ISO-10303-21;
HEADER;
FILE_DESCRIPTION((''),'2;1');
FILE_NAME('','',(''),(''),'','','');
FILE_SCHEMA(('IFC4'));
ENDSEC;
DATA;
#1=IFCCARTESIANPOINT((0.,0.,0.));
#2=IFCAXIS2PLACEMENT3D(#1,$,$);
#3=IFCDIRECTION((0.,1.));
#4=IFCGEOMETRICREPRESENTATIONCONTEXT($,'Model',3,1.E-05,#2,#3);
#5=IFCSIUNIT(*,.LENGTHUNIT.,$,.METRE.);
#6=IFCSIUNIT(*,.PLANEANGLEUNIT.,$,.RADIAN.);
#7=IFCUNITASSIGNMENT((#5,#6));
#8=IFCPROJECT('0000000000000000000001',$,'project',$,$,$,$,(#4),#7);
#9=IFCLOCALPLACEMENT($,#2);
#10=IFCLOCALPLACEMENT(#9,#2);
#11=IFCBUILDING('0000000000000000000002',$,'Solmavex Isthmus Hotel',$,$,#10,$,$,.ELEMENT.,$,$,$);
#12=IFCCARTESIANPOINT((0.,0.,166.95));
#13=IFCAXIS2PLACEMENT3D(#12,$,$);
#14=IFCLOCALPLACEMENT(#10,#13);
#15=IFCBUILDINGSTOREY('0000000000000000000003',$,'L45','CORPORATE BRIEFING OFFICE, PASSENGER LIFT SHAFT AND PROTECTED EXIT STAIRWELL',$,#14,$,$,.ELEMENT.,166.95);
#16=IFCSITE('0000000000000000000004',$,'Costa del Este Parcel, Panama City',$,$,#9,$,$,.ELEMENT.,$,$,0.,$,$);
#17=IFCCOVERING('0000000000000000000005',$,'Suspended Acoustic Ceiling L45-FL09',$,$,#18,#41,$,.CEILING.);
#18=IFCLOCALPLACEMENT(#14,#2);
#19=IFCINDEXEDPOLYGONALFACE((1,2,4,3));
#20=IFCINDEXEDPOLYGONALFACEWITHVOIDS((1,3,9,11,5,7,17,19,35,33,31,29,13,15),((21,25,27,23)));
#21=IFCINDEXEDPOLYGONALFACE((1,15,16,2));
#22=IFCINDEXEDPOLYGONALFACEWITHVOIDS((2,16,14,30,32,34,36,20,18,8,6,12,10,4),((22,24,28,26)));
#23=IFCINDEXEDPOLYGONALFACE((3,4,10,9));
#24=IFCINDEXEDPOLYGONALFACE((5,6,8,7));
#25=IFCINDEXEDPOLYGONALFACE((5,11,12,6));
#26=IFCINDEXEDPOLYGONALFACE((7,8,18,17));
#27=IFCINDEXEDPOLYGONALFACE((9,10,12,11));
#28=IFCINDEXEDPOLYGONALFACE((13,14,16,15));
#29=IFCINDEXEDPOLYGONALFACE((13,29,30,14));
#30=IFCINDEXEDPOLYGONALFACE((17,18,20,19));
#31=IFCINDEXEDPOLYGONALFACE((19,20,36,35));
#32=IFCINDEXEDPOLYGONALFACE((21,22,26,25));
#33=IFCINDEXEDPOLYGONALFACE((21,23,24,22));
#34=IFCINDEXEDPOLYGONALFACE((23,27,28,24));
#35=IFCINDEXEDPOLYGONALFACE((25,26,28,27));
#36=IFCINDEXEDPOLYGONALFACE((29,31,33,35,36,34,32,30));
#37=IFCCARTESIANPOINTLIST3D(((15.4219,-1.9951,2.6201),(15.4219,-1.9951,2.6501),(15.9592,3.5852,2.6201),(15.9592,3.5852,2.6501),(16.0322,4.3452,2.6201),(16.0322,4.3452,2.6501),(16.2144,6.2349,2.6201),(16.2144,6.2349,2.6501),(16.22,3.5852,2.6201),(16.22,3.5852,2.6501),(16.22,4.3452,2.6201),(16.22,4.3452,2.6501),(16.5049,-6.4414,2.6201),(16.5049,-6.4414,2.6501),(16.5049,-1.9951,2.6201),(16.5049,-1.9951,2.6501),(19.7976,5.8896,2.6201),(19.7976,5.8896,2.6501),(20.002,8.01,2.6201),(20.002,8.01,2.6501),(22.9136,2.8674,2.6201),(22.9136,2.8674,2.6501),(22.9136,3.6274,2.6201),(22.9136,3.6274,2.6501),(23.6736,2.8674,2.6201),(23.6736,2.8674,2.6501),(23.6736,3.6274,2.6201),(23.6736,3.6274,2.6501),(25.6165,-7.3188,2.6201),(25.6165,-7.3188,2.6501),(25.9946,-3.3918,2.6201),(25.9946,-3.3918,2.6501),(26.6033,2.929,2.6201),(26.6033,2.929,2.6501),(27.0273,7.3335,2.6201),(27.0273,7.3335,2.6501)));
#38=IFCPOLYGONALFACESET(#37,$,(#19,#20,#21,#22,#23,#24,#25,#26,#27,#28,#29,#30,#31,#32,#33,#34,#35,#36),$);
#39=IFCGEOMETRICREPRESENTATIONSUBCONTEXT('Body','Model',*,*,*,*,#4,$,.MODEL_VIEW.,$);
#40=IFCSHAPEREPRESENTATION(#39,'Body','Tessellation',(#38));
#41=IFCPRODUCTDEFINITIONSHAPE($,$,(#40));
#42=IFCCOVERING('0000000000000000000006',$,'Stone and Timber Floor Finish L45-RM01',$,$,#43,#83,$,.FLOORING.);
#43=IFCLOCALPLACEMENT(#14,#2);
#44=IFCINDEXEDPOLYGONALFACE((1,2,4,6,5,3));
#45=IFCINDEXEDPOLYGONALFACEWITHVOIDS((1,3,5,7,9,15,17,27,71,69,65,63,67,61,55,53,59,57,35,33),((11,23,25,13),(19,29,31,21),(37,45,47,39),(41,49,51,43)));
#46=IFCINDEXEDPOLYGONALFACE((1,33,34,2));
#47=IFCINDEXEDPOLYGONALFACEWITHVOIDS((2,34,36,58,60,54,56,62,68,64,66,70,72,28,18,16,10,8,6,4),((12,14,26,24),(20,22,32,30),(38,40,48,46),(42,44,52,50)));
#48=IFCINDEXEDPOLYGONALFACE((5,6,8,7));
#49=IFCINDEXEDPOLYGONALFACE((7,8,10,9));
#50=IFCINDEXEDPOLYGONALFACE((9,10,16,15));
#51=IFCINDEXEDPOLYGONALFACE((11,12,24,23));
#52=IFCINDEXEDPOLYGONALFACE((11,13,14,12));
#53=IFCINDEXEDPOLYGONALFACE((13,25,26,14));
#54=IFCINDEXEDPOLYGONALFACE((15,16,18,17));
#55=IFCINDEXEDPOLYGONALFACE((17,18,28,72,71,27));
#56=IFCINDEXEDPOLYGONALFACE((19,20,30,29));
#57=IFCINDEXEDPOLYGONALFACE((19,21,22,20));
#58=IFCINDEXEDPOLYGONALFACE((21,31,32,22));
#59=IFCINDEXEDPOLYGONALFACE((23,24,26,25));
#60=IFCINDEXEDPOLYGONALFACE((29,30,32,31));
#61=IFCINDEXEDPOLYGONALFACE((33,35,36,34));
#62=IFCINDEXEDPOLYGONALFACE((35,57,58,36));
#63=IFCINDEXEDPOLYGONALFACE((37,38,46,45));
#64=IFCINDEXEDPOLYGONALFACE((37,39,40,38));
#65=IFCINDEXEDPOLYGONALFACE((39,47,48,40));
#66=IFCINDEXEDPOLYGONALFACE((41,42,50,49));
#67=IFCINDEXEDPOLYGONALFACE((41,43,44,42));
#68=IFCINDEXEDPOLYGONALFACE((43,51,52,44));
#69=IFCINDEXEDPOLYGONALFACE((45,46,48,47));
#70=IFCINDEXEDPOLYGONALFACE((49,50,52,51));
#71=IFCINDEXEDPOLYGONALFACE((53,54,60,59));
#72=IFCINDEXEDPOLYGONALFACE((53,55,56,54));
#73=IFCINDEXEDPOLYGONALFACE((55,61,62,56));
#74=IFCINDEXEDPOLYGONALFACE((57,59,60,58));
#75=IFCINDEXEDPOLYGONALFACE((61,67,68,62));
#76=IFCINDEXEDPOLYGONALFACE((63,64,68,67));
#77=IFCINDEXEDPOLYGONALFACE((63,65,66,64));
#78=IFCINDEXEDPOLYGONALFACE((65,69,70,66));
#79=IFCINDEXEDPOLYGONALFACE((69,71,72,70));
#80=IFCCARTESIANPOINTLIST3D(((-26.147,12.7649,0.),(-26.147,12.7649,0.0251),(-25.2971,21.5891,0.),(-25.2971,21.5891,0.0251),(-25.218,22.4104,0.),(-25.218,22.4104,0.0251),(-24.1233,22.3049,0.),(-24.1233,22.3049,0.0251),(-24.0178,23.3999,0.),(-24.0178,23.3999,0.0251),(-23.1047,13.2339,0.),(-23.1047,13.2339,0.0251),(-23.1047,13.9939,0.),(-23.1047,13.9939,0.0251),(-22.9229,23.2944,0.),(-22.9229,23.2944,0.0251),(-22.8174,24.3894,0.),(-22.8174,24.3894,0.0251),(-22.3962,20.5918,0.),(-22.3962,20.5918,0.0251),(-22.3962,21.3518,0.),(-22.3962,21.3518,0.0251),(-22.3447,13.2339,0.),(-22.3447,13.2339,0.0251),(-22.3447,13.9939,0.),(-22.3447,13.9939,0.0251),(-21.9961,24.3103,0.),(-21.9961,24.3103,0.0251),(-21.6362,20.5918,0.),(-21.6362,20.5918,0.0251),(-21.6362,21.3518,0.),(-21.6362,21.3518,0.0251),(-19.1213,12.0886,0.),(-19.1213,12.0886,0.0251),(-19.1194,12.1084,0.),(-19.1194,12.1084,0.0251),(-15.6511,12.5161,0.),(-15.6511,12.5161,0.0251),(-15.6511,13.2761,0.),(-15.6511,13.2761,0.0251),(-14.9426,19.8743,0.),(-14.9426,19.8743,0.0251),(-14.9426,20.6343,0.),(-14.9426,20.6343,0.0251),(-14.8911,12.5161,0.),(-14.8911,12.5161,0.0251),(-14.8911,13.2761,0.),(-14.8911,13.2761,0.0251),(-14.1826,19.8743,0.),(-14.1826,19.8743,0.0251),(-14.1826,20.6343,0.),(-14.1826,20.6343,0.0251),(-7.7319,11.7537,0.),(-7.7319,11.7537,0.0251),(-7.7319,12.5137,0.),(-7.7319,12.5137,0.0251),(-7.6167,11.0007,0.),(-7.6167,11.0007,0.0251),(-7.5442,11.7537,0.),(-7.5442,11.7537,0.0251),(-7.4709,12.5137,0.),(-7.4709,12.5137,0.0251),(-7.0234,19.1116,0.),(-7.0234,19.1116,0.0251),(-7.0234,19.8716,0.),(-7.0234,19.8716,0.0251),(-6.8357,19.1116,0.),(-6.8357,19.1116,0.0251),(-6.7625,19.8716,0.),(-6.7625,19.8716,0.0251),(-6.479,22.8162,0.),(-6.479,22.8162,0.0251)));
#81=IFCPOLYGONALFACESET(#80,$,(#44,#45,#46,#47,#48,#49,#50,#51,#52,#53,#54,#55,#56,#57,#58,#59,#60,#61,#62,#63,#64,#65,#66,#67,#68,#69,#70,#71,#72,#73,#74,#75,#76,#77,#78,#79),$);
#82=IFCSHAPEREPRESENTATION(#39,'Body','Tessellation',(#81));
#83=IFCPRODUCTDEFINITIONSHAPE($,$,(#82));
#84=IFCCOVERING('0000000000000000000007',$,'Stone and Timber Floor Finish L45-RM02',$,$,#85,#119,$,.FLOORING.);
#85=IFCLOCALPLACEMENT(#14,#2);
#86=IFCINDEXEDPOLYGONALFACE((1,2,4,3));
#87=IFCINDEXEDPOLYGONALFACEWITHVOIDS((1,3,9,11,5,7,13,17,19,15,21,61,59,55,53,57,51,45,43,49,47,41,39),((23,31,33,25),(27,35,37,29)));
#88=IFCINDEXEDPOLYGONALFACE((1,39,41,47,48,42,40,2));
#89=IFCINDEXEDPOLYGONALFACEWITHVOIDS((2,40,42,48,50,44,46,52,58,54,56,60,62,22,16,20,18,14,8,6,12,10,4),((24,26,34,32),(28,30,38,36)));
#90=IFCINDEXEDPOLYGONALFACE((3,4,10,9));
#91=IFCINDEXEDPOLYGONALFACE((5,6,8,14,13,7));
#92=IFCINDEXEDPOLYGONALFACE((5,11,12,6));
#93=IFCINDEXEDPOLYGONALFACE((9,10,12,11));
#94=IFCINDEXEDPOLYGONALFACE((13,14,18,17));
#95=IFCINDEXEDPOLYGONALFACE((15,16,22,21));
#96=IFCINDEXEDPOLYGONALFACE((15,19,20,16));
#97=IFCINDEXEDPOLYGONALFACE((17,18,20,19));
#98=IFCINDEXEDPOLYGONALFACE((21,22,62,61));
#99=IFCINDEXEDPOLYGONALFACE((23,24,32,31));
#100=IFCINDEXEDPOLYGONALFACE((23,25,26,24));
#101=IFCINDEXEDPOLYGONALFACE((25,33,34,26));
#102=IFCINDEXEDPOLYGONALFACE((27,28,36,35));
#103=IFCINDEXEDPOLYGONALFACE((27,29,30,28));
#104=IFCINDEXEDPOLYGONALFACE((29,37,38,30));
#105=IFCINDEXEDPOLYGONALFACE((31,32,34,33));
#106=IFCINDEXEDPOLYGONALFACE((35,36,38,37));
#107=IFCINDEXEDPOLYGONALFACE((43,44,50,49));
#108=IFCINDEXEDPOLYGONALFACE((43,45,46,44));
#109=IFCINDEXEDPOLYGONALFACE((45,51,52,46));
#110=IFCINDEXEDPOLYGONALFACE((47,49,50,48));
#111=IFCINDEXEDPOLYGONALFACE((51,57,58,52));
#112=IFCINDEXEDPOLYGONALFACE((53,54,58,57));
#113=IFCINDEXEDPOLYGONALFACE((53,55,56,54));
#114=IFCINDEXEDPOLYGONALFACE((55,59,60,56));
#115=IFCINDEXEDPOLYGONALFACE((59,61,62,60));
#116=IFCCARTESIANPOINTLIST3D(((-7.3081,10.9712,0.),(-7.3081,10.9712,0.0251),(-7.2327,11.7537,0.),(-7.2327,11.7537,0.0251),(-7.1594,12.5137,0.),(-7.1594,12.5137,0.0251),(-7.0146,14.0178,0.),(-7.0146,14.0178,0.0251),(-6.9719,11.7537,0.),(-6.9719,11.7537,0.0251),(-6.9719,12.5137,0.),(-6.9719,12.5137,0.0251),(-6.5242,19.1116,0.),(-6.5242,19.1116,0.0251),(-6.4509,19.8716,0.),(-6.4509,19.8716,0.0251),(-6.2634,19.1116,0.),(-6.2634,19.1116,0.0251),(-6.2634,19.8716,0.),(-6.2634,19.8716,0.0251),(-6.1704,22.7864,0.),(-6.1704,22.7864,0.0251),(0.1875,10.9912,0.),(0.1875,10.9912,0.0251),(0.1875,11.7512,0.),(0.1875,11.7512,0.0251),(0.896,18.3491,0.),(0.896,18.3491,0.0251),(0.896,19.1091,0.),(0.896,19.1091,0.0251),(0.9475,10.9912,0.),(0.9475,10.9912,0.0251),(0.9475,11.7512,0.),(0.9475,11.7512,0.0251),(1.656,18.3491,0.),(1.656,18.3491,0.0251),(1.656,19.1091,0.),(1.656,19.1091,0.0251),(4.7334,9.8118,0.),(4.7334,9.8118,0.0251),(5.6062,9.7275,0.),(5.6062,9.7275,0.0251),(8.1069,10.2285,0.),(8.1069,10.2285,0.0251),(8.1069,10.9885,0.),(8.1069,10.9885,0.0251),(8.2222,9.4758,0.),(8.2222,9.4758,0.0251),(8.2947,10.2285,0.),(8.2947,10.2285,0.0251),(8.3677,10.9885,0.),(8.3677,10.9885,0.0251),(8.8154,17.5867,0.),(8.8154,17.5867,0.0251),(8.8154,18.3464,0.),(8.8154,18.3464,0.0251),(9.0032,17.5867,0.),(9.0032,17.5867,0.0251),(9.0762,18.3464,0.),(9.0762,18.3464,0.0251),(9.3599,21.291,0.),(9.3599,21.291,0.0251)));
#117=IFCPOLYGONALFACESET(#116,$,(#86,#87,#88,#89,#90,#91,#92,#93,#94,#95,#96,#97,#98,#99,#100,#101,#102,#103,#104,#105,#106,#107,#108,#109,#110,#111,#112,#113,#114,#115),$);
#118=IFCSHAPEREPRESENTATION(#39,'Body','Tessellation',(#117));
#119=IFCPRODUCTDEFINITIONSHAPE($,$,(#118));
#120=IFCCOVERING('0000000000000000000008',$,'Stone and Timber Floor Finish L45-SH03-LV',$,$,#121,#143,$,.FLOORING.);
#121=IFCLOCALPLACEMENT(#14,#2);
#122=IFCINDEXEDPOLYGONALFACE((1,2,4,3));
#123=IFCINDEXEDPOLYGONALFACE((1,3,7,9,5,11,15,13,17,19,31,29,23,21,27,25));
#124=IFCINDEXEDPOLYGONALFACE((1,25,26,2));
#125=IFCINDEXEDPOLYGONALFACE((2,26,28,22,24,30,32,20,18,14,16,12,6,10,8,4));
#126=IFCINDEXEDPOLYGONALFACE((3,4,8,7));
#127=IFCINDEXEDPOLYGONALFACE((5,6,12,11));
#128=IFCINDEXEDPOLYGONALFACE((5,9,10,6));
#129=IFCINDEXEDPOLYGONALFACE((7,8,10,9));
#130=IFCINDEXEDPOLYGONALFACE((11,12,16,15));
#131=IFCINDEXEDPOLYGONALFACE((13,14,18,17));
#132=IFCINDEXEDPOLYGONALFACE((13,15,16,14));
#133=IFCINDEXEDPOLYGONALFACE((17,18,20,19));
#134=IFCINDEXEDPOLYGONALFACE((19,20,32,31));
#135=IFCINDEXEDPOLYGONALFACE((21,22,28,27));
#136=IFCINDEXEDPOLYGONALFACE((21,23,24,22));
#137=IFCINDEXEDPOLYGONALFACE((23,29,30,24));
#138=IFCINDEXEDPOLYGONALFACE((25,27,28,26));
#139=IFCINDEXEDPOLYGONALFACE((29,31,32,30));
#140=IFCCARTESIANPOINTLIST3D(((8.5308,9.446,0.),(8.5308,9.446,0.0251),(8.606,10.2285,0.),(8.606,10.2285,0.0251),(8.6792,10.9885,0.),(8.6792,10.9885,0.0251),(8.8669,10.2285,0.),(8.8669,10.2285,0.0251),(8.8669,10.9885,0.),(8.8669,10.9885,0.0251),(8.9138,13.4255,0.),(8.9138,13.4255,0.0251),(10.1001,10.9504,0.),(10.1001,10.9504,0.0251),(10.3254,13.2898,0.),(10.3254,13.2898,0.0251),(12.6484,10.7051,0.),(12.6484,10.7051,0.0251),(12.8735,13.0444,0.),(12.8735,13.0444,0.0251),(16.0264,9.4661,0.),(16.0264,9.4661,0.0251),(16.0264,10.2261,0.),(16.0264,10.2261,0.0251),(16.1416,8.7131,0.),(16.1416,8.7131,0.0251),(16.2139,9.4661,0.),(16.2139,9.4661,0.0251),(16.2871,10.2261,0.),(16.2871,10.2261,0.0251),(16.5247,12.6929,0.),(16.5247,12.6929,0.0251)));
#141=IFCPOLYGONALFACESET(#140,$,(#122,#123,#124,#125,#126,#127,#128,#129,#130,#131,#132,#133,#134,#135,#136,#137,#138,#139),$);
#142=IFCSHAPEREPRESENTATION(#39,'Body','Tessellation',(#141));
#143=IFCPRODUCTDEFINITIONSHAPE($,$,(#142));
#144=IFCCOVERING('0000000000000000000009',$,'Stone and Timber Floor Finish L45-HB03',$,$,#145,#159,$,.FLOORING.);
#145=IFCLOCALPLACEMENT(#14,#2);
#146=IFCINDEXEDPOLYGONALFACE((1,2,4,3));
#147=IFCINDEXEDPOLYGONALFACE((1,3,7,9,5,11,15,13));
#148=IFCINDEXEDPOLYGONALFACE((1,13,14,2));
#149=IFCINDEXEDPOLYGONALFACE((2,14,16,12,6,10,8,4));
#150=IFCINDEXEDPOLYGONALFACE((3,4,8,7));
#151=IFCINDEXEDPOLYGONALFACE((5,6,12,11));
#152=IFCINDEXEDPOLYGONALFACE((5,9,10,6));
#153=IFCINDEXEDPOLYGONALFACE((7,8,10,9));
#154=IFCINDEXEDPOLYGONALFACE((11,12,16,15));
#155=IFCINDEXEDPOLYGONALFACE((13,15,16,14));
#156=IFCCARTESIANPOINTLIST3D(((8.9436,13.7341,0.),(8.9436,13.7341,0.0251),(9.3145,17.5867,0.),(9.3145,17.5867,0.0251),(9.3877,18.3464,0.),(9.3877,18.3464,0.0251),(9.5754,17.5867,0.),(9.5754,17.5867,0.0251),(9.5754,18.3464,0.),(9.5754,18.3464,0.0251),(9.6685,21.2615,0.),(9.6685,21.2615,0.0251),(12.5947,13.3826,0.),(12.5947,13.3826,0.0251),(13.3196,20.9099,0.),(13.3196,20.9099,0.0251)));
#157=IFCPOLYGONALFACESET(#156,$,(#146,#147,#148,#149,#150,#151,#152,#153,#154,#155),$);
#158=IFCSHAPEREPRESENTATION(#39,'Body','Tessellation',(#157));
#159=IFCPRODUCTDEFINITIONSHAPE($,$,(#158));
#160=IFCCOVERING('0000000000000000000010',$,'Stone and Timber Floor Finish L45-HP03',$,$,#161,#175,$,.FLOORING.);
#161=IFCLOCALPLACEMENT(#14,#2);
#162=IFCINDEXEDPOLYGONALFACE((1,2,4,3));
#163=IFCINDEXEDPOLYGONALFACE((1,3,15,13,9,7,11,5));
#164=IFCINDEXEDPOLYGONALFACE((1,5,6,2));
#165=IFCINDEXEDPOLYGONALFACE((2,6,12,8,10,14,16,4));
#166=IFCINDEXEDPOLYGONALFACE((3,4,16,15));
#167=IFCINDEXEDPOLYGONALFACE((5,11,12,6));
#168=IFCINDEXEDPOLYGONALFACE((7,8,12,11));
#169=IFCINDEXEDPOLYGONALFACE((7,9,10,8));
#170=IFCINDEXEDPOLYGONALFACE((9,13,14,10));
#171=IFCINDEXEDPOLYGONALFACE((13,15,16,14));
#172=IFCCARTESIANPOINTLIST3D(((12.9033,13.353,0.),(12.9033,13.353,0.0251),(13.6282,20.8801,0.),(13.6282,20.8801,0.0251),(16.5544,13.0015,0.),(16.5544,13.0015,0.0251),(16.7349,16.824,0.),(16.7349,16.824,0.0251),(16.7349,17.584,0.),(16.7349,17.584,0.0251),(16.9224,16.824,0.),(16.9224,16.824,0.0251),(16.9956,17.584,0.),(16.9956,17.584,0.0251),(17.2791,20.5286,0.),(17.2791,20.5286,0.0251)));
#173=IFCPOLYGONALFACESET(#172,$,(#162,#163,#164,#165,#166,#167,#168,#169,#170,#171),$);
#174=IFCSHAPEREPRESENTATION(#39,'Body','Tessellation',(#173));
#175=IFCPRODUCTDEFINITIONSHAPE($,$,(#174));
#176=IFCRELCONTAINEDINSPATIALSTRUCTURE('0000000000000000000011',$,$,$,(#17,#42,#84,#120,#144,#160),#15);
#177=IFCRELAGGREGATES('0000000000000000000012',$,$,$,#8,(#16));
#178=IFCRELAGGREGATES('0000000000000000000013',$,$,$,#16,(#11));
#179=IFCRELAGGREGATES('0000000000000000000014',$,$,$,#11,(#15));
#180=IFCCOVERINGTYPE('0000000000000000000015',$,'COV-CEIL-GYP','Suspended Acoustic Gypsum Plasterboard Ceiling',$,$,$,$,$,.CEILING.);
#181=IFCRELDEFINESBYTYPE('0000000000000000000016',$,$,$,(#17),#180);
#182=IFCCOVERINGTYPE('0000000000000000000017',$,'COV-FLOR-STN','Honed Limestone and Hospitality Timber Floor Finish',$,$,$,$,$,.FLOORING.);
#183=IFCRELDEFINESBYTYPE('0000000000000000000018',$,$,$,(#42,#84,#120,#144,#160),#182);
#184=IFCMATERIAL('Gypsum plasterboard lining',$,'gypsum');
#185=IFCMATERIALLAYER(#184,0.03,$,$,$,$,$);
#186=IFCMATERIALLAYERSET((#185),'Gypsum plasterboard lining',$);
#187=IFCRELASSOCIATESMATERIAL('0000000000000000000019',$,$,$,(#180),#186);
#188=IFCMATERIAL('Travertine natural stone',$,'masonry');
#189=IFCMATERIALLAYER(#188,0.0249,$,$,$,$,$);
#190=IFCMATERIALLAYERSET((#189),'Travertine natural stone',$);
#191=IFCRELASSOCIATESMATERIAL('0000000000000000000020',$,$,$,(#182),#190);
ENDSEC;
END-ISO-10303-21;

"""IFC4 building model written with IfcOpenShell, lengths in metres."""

from ifc_helpers import new_model, si_unit, direction, frame, origin, place, context, subcontext, project, spatial, polyline, outline, extrude, material, layer, layer_set, type_object, element, save


model = new_model("IFC4")

# Units and contexts
model_context = context("Model", 3, precision=1e-05, world=origin(), true_north=direction((0.0, 1.0)))
body_context = subcontext(model_context, "Body", "Model", "MODEL_VIEW")
ifc_project = project(units=[si_unit("LENGTHUNIT", "METRE"), si_unit("PLANEANGLEUNIT", "RADIAN")], contexts=[model_context])

# Site, building, storey
site_placement = place(None, origin())
site = spatial("IfcSite", under=ifc_project, at=site_placement, Name="Costa del Este Parcel, Panama City", CompositionType="ELEMENT", RefElevation=0.0)
building_placement = place(site_placement, origin())
building = spatial("IfcBuilding", under=site, at=building_placement, Name="Solmavex Isthmus Hotel", CompositionType="ELEMENT")
storey_placement = place(building_placement, frame((0.0, 0.0, 166.95)))
storey = spatial("IfcBuildingStorey", under=building, at=storey_placement, Name="L45", Description="CORPORATE BRIEFING OFFICE, PASSENGER LIFT SHAFT AND PROTECTED EXIT STAIRWELL", CompositionType="ELEMENT", Elevation=166.95)

# Shared definitions
ifc_material_1 = material(Name="Gypsum plasterboard lining", Category="gypsum")

# Coverings
ifc_layer_1 = layer(ifc_material_1, 0.03)
ifc_layer_set_1 = layer_set([ifc_layer_1], Name="Gypsum plasterboard lining")
covering_type_1 = type_object("IfcCoveringType", Name="COV-CEIL-GYP", Description="Suspended Acoustic Gypsum Plasterboard Ceiling", PredefinedType="CEILING", material=ifc_layer_set_1)
covering_1_placement = place(storey_placement, frame((0.0, 0.0, 2.6201)))
element("IfcCovering", 1, at=covering_1_placement, inside=storey, type_object=covering_type_1, Name="Suspended Acoustic Ceiling L45-FL09", PredefinedType="CEILING", context=body_context, shape_type="SweptSolid", body=[
    extrude(outline(polyline([(16.0322, 4.3452), (16.22, 4.3452), (16.22, 3.5852), (15.9592, 3.5852), (15.4219, -1.9951), (16.5049, -1.9951), (16.5049, -6.4414), (25.6165, -7.3188), (25.9946, -3.3918), (26.6033, 2.929), (27.0273, 7.3335), (20.002, 8.01), (19.7976, 5.8896), (16.2144, 6.2349), (16.0322, 4.3452)]), holes=[polyline([(22.9136, 2.8674), (22.9136, 3.6274), (23.6736, 3.6274), (23.6736, 2.8674), (22.9136, 2.8674)])]), origin(), (0.0, 0.0, 1.0), 0.03),
])
ifc_material_2 = material(Name="Travertine natural stone", Category="masonry")
ifc_layer_2 = layer(ifc_material_2, 0.0249)
ifc_layer_set_2 = layer_set([ifc_layer_2], Name="Travertine natural stone")
covering_type_2 = type_object("IfcCoveringType", Name="COV-FLOR-STN", Description="Honed Limestone and Hospitality Timber Floor Finish", PredefinedType="FLOORING", material=ifc_layer_set_2)
covering_2_placement = place(storey_placement, origin())
element("IfcCovering", 2, at=covering_2_placement, inside=storey, type_object=covering_type_2, Name="Stone and Timber Floor Finish L45-RM01", PredefinedType="FLOORING", context=body_context, shape_type="SweptSolid", body=[
    extrude(outline(polyline([(-19.1213, 12.0886), (-19.1194, 12.1084), (-7.6167, 11.0007), (-7.5442, 11.7537), (-7.7319, 11.7537), (-7.7319, 12.5137), (-7.4709, 12.5137), (-6.8357, 19.1116), (-7.0234, 19.1116), (-7.0234, 19.8716), (-6.7625, 19.8716), (-6.479, 22.8162), (-21.9961, 24.3103), (-22.8174, 24.3894), (-22.9229, 23.2944), (-24.0178, 23.3999), (-24.1233, 22.3049), (-25.218, 22.4104), (-25.2971, 21.5891), (-26.147, 12.7649), (-19.1213, 12.0886)]), holes=[polyline([(-14.9426, 19.8743), (-14.9426, 20.6343), (-14.1826, 20.6343), (-14.1826, 19.8743), (-14.9426, 19.8743)]), polyline([(-15.6511, 12.5161), (-15.6511, 13.2761), (-14.8911, 13.2761), (-14.8911, 12.5161), (-15.6511, 12.5161)]), polyline([(-22.3962, 20.5918), (-22.3962, 21.3518), (-21.6362, 21.3518), (-21.6362, 20.5918), (-22.3962, 20.5918)]), polyline([(-23.1047, 13.2339), (-23.1047, 13.9939), (-22.3447, 13.9939), (-22.3447, 13.2339), (-23.1047, 13.2339)])]), origin(), (0.0, 0.0, 1.0), 0.0251),
])
covering_3_placement = place(storey_placement, origin())
element("IfcCovering", 3, at=covering_3_placement, inside=storey, type_object=covering_type_2, Name="Stone and Timber Floor Finish L45-RM02", PredefinedType="FLOORING", context=body_context, shape_type="SweptSolid", body=[
    extrude(outline(polyline([(-7.1594, 12.5137), (-6.9719, 12.5137), (-6.9719, 11.7537), (-7.2327, 11.7537), (-7.3081, 10.9712), (4.7334, 9.8118), (5.6062, 9.7275), (8.2222, 9.4758), (8.2947, 10.2285), (8.1069, 10.2285), (8.1069, 10.9885), (8.3677, 10.9885), (9.0032, 17.5867), (8.8154, 17.5867), (8.8154, 18.3464), (9.0762, 18.3464), (9.3599, 21.291), (-6.1704, 22.7864), (-6.4509, 19.8716), (-6.2634, 19.8716), (-6.2634, 19.1116), (-6.5242, 19.1116), (-7.0146, 14.0178), (-7.1594, 12.5137)]), holes=[polyline([(0.896, 18.3491), (0.896, 19.1091), (1.656, 19.1091), (1.656, 18.3491), (0.896, 18.3491)]), polyline([(0.1875, 10.9912), (0.1875, 11.7512), (0.9475, 11.7512), (0.9475, 10.9912), (0.1875, 10.9912)])]), origin(), (0.0, 0.0, 1.0), 0.0251),
])
covering_4_placement = place(storey_placement, origin())
element("IfcCovering", 4, at=covering_4_placement, inside=storey, type_object=covering_type_2, Name="Stone and Timber Floor Finish L45-SH03-LV", PredefinedType="FLOORING", context=body_context, shape_type="SweptSolid", body=[
    extrude(outline(polyline([(12.8735, 13.0444), (12.6484, 10.7051), (10.1001, 10.9504), (10.3254, 13.2898), (8.9138, 13.4255), (8.6792, 10.9885), (8.8669, 10.9885), (8.8669, 10.2285), (8.606, 10.2285), (8.5308, 9.446), (16.1416, 8.7131), (16.2139, 9.4661), (16.0264, 9.4661), (16.0264, 10.2261), (16.2871, 10.2261), (16.5247, 12.6929), (12.8735, 13.0444)])), origin(), (0.0, 0.0, 1.0), 0.0251),
])
covering_5_placement = place(storey_placement, origin())
element("IfcCovering", 5, at=covering_5_placement, inside=storey, type_object=covering_type_2, Name="Stone and Timber Floor Finish L45-HB03", PredefinedType="FLOORING", context=body_context, shape_type="SweptSolid", body=[
    extrude(outline(polyline([(9.3877, 18.3464), (9.5754, 18.3464), (9.5754, 17.5867), (9.3145, 17.5867), (8.9436, 13.7341), (12.5947, 13.3826), (13.3196, 20.9099), (9.6685, 21.2615), (9.3877, 18.3464)])), origin(), (0.0, 0.0, 1.0), 0.0251),
])
covering_6_placement = place(storey_placement, origin())
element("IfcCovering", 6, at=covering_6_placement, inside=storey, type_object=covering_type_2, Name="Stone and Timber Floor Finish L45-HP03", PredefinedType="FLOORING", context=body_context, shape_type="SweptSolid", body=[
    extrude(outline(polyline([(16.9224, 16.824), (16.7349, 16.824), (16.7349, 17.584), (16.9956, 17.584), (17.2791, 20.5286), (13.6282, 20.8801), (12.9033, 13.353), (16.5544, 13.0015), (16.9224, 16.824)])), origin(), (0.0, 0.0, 1.0), 0.0251),
])

save(model, "model.ifc")
